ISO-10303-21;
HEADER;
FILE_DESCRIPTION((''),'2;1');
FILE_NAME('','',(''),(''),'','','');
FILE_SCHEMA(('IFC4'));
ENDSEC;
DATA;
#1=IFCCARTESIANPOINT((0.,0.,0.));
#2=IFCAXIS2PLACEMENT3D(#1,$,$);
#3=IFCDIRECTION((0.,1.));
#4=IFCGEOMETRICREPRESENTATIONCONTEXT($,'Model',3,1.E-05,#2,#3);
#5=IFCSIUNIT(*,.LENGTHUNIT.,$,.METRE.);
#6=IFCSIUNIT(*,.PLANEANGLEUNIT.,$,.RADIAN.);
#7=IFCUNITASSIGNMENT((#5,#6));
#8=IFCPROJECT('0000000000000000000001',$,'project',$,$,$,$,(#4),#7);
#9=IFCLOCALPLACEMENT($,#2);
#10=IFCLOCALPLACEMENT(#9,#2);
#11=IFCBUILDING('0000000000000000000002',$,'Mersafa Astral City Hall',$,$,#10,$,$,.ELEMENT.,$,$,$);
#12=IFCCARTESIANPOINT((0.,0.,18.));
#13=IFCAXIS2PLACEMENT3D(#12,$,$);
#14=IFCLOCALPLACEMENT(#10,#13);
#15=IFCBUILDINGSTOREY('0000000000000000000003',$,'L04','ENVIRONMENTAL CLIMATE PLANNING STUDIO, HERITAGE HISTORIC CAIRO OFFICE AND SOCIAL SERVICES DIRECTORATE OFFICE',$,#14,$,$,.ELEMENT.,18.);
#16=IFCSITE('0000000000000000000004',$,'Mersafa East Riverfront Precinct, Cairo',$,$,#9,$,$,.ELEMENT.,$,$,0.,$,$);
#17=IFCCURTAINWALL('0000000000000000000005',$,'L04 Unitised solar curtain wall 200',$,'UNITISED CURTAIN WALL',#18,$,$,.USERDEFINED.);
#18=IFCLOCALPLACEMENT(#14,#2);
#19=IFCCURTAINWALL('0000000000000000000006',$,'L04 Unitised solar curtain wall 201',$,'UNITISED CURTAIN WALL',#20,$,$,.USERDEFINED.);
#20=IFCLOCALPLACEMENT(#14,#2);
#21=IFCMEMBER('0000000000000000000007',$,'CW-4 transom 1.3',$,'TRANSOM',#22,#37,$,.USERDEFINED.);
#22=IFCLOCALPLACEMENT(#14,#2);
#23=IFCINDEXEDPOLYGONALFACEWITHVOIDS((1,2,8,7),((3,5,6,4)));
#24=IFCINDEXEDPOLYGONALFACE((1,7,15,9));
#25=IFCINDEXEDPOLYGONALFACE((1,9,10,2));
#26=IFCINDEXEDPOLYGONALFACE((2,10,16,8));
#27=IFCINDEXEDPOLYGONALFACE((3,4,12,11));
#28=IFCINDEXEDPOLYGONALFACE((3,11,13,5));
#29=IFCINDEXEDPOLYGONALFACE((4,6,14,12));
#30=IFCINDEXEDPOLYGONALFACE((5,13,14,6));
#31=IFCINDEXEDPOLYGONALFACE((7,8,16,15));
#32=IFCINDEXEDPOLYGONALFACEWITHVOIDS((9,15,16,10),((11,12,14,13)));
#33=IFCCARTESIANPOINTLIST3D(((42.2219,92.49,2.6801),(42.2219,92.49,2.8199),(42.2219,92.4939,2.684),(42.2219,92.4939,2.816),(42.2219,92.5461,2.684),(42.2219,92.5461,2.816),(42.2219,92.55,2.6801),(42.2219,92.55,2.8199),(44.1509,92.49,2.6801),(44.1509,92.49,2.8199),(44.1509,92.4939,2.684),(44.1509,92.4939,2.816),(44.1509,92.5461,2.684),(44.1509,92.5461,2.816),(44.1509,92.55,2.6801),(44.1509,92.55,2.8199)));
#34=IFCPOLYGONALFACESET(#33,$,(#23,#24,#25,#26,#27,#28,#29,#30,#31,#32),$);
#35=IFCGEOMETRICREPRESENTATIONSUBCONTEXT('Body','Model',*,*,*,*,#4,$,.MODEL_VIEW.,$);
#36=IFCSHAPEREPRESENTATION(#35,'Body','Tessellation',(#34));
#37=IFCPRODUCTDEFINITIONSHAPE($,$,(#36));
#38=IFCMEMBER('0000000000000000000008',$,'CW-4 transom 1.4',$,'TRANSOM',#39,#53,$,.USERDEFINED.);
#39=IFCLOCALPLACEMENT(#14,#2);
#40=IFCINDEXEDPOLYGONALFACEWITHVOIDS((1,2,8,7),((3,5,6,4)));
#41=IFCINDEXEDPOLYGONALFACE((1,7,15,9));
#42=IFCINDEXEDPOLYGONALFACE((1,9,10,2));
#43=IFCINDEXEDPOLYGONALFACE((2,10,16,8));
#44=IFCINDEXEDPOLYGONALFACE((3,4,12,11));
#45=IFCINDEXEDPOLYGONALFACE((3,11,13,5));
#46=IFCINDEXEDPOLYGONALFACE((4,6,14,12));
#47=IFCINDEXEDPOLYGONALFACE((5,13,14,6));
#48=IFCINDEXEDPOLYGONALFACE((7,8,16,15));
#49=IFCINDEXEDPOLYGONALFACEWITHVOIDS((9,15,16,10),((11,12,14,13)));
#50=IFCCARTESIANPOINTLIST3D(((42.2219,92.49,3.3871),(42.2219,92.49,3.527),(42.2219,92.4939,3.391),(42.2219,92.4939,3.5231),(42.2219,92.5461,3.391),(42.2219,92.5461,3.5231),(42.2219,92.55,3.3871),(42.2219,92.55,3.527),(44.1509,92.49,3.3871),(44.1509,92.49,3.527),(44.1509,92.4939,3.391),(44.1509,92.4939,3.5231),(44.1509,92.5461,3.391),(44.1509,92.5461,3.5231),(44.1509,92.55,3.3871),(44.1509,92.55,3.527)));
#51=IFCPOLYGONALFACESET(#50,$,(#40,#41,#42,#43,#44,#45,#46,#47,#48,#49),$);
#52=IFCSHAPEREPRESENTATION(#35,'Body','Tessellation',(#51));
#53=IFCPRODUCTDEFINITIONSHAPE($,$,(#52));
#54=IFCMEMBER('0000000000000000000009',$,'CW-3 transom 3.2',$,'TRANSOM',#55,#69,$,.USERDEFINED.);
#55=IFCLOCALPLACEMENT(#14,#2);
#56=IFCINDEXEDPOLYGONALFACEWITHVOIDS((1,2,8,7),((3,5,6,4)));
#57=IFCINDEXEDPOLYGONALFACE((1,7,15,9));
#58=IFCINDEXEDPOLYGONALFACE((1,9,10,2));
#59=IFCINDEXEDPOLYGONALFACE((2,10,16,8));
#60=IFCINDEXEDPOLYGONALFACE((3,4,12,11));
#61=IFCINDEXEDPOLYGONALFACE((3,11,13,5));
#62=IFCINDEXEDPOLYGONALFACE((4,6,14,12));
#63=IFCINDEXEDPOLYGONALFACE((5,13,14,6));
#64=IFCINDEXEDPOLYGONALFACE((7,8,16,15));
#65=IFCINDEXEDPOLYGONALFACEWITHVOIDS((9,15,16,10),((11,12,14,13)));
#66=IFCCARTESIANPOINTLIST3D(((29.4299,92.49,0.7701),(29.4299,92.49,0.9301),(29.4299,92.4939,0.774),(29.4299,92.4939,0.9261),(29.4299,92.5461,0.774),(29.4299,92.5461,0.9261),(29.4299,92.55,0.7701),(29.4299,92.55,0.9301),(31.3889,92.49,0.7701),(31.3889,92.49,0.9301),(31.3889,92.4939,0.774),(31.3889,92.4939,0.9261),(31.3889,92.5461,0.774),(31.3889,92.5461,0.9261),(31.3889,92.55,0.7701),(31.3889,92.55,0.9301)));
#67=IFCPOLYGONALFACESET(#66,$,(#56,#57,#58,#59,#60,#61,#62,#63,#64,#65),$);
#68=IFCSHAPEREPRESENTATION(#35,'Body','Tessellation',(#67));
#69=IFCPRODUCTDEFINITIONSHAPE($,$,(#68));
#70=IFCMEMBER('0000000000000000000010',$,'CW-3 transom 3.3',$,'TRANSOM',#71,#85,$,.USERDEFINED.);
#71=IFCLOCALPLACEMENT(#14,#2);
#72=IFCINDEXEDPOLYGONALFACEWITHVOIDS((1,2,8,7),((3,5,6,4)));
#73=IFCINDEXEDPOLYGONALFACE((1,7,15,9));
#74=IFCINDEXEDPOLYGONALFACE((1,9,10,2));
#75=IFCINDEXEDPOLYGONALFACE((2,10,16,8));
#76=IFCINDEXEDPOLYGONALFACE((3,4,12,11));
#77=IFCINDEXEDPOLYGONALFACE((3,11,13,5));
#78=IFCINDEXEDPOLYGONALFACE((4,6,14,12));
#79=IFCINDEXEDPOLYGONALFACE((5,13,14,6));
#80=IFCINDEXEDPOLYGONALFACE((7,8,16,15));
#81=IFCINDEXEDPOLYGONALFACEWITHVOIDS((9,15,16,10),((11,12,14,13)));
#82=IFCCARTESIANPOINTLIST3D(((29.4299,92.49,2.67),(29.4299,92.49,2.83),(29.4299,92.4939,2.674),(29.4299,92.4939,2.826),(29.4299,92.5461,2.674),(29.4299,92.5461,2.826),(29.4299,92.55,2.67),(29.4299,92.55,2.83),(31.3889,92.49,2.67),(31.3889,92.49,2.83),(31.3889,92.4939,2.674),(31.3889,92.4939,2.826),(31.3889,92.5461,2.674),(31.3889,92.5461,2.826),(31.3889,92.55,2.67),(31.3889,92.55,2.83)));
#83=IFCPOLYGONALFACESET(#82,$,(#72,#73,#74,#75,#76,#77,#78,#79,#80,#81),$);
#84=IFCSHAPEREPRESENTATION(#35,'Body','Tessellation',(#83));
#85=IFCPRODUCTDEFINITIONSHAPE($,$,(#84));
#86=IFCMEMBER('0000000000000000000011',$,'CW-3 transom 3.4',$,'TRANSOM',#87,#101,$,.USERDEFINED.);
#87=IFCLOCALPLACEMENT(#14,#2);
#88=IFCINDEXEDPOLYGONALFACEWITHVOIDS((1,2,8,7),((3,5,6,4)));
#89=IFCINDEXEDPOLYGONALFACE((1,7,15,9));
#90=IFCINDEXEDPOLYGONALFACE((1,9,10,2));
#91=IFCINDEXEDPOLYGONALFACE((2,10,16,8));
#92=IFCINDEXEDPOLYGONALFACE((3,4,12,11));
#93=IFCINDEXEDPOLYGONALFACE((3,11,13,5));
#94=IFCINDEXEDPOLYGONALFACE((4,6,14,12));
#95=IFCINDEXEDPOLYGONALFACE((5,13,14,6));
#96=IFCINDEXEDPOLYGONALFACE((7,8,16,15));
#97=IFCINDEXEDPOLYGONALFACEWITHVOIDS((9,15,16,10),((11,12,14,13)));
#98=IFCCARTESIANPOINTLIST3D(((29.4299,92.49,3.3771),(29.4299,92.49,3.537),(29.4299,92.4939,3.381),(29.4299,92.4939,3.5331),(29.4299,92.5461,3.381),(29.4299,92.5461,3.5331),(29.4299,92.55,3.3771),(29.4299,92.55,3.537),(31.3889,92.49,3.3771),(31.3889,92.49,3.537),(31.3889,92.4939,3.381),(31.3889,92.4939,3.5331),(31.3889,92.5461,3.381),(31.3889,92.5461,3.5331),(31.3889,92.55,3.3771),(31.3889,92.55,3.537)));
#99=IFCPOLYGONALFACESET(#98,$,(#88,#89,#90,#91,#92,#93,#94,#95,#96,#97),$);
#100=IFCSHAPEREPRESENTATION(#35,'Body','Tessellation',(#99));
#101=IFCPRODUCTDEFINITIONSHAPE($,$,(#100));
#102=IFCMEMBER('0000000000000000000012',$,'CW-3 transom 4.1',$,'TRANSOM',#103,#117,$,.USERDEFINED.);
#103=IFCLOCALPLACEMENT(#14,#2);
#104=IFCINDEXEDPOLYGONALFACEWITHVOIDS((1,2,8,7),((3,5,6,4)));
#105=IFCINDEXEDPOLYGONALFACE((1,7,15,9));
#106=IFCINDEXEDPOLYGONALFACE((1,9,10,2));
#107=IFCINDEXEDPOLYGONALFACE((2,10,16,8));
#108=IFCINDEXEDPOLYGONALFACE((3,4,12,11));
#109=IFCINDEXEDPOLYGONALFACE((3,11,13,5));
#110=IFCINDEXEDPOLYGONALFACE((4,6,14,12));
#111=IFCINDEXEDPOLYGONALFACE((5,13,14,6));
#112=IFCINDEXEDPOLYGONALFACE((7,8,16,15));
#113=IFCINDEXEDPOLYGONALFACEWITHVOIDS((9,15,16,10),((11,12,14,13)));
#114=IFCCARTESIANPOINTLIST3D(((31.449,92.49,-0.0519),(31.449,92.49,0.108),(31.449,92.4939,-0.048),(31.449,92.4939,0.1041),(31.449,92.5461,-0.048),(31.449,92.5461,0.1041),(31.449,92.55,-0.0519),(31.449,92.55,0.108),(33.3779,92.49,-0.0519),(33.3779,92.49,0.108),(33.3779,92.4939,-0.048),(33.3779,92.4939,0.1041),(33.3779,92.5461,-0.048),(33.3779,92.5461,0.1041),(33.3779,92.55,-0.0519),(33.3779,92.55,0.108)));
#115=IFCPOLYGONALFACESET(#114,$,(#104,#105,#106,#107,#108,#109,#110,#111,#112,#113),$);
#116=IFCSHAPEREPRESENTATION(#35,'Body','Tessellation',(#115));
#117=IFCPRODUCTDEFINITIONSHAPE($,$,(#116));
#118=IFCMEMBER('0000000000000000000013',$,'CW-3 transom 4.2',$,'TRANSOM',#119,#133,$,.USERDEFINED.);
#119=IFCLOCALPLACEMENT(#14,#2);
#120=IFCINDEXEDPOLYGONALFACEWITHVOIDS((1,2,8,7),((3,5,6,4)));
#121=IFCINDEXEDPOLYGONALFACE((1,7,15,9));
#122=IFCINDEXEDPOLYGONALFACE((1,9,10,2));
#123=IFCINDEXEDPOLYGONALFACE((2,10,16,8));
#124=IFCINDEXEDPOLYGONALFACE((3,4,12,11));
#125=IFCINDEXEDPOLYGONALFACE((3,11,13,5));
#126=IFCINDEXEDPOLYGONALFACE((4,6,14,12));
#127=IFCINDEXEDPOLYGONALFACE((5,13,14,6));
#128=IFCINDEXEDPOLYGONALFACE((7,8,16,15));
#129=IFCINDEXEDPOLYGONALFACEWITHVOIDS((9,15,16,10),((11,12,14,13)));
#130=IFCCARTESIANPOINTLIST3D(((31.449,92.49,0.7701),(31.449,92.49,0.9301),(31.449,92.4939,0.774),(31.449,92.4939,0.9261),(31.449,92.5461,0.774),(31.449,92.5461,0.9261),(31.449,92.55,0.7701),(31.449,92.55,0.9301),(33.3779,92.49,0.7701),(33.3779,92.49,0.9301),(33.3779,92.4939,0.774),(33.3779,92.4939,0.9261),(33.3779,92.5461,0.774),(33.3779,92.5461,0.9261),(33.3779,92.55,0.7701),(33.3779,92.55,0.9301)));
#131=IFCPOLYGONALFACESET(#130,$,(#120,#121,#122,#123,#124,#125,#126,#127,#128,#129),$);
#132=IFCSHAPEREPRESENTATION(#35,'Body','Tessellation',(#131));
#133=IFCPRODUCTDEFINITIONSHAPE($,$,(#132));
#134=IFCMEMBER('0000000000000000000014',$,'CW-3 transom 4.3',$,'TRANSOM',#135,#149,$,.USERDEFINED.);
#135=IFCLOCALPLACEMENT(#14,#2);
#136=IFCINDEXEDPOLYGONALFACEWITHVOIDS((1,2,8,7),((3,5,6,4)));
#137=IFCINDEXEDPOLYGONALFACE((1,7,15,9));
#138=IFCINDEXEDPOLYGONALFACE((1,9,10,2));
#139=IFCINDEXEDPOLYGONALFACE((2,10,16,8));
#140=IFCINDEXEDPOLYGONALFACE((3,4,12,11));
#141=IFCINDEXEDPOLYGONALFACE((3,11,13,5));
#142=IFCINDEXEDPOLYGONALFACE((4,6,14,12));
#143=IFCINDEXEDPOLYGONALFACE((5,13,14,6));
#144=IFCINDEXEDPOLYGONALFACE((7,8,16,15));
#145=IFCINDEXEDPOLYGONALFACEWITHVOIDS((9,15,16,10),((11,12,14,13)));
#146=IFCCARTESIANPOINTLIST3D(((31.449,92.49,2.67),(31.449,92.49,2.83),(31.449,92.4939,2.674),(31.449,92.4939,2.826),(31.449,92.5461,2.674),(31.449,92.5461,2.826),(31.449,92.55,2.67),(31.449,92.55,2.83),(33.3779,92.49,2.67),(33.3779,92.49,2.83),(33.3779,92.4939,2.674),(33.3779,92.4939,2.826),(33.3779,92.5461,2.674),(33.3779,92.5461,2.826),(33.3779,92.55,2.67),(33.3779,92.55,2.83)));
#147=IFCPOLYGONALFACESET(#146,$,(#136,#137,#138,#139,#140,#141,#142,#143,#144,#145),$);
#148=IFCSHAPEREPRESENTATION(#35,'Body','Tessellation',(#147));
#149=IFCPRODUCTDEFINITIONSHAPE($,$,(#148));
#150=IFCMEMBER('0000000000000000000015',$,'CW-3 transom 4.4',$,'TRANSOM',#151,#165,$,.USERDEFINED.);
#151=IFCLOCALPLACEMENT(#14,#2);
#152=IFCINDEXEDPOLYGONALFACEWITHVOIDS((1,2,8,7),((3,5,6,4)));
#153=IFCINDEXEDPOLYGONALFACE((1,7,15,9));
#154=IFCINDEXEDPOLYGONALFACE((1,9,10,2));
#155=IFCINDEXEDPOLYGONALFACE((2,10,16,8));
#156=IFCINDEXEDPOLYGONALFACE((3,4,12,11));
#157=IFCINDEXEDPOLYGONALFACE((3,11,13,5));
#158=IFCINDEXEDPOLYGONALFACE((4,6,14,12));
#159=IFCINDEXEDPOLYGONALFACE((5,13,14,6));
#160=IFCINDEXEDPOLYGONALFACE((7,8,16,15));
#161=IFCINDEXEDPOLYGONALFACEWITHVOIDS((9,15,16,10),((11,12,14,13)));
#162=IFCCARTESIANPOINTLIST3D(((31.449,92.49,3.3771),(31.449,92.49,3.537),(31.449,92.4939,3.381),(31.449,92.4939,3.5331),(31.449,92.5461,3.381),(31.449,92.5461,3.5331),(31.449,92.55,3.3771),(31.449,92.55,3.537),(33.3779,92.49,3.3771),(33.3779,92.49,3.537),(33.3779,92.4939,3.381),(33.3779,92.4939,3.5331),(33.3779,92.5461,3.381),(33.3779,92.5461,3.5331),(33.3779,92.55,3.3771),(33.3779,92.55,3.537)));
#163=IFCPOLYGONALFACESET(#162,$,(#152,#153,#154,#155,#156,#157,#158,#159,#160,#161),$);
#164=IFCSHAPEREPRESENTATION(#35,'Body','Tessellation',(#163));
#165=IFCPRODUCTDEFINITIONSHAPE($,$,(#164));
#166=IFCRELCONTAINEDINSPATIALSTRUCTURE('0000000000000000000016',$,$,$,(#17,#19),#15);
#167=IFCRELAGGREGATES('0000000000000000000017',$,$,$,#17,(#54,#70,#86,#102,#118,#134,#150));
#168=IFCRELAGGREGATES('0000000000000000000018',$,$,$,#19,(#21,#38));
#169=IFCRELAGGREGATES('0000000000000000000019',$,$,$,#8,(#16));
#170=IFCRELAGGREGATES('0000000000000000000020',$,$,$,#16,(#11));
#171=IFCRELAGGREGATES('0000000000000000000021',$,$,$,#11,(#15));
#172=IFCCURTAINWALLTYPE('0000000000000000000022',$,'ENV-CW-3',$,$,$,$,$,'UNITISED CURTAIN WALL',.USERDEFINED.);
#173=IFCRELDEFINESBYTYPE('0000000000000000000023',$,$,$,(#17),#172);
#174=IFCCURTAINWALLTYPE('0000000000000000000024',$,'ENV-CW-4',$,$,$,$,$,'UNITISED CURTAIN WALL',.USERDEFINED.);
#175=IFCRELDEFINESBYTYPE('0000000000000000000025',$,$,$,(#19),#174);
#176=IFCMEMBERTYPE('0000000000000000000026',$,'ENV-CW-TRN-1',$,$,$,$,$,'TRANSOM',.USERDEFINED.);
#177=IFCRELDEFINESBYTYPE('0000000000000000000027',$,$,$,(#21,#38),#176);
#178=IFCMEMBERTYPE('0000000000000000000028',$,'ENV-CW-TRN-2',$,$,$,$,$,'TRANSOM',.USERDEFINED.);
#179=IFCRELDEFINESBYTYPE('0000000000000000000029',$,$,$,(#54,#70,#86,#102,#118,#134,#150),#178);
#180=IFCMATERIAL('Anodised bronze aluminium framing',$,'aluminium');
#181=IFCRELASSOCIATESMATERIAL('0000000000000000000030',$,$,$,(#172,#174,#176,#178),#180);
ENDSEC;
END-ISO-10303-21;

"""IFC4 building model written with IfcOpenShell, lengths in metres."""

from ifc_helpers import new_model, si_unit, direction, frame, origin, origin_2d, place, context, subcontext, project, spatial, hollow_rectangle, extrude, material, material_profile, profile_set, type_object, element, aggregate, save


model = new_model("IFC4")

# Units and contexts
model_context = context("Model", 3, precision=1e-05, world=origin(), true_north=direction((0.0, 1.0)))
body_context = subcontext(model_context, "Body", "Model", "MODEL_VIEW")
ifc_project = project(units=[si_unit("LENGTHUNIT", "METRE"), si_unit("PLANEANGLEUNIT", "RADIAN")], contexts=[model_context])

# Site, building, storey
site_placement = place(None, origin())
site = spatial("IfcSite", under=ifc_project, at=site_placement, Name="Mersafa East Riverfront Precinct, Cairo", CompositionType="ELEMENT", RefElevation=0.0)
building_placement = place(site_placement, origin())
building = spatial("IfcBuilding", under=site, at=building_placement, Name="Mersafa Astral City Hall", CompositionType="ELEMENT")
storey_placement = place(building_placement, frame((0.0, 0.0, 18.0)))
storey = spatial("IfcBuildingStorey", under=building, at=storey_placement, Name="L04", Description="ENVIRONMENTAL CLIMATE PLANNING STUDIO, HERITAGE HISTORIC CAIRO OFFICE AND SOCIAL SERVICES DIRECTORATE OFFICE", CompositionType="ELEMENT", Elevation=18.0)

# Curtain walls, members
ifc_material_1 = material(Name="Anodised bronze aluminium framing", Category="aluminium")
curtain_wall_type_1 = type_object("IfcCurtainWallType", Name="ENV-CW-3", ElementType="UNITISED CURTAIN WALL", PredefinedType="USERDEFINED", material=ifc_material_1)
curtain_wall_1_placement = place(storey_placement, origin())
curtain_wall_1 = element("IfcCurtainWall", 1, at=curtain_wall_1_placement, inside=storey, type_object=curtain_wall_type_1, Name="L04 Unitised solar curtain wall 200", ObjectType="UNITISED CURTAIN WALL", PredefinedType="USERDEFINED")
curtain_wall_type_2 = type_object("IfcCurtainWallType", Name="ENV-CW-4", ElementType="UNITISED CURTAIN WALL", PredefinedType="USERDEFINED", material=ifc_material_1)
curtain_wall_2_placement = place(storey_placement, origin())
curtain_wall_2 = element("IfcCurtainWall", 2, at=curtain_wall_2_placement, inside=storey, type_object=curtain_wall_type_2, Name="L04 Unitised solar curtain wall 201", ObjectType="UNITISED CURTAIN WALL", PredefinedType="USERDEFINED")
ifc_material_profile_1 = material_profile(ifc_material_1, hollow_rectangle(XDim=0.0601, YDim=0.1399, WallThickness=0.0039, at=origin_2d()), Name="RHS 60x140x4")
ifc_profile_set_1 = profile_set([ifc_material_profile_1], Name="Anodised bronze aluminium framing")
member_type_1 = type_object("IfcMemberType", Name="ENV-CW-TRN-1", ElementType="TRANSOM", PredefinedType="USERDEFINED", material=ifc_profile_set_1)
member_1_placement = place(storey_placement, frame((42.2219, 92.52, 2.75), z_axis=(1.0, 0.0, 0.0), x_axis=(0.0, 1.0, 0.0)))
member_1 = element("IfcMember", 3, at=member_1_placement, type_object=member_type_1, Name="CW-4 transom 1.3", ObjectType="TRANSOM", PredefinedType="USERDEFINED", context=body_context, shape_type="SweptSolid", body=[
    extrude(hollow_rectangle(XDim=0.0601, YDim=0.1399, WallThickness=0.0039, at=origin_2d()), origin(), (0.0, 0.0, 1.0), 1.929),
])
member_2_placement = place(storey_placement, frame((42.2219, 92.52, 3.457), z_axis=(1.0, 0.0, 0.0), x_axis=(0.0, 1.0, 0.0)))
member_2 = element("IfcMember", 4, at=member_2_placement, type_object=member_type_1, Name="CW-4 transom 1.4", ObjectType="TRANSOM", PredefinedType="USERDEFINED", context=body_context, shape_type="SweptSolid", body=[
    extrude(hollow_rectangle(XDim=0.0601, YDim=0.1399, WallThickness=0.0039, at=origin_2d()), origin(), (0.0, 0.0, 1.0), 1.929),
])

# Members
ifc_material_profile_2 = material_profile(ifc_material_1, hollow_rectangle(XDim=0.0601, YDim=0.1599, WallThickness=0.0039, at=origin_2d()), Name="RHS 60x160x4")
ifc_profile_set_2 = profile_set([ifc_material_profile_2], Name="Anodised bronze aluminium framing")
member_type_2 = type_object("IfcMemberType", Name="ENV-CW-TRN-2", ElementType="TRANSOM", PredefinedType="USERDEFINED", material=ifc_profile_set_2)
member_3_placement = place(storey_placement, frame((29.4299, 92.52, 0.8501), z_axis=(1.0, 0.0, 0.0), x_axis=(0.0, 1.0, 0.0)))
member_3 = element("IfcMember", 5, at=member_3_placement, type_object=member_type_2, Name="CW-3 transom 3.2", ObjectType="TRANSOM", PredefinedType="USERDEFINED", context=body_context, shape_type="SweptSolid", body=[
    extrude(hollow_rectangle(XDim=0.0601, YDim=0.1599, WallThickness=0.0039, at=origin_2d()), origin(), (0.0, 0.0, 1.0), 1.959),
])
member_4_placement = place(storey_placement, frame((29.4299, 92.52, 2.75), z_axis=(1.0, 0.0, 0.0), x_axis=(0.0, 1.0, 0.0)))
member_4 = element("IfcMember", 6, at=member_4_placement, type_object=member_type_2, Name="CW-3 transom 3.3", ObjectType="TRANSOM", PredefinedType="USERDEFINED", context=body_context, shape_type="SweptSolid", body=[
    extrude(hollow_rectangle(XDim=0.0601, YDim=0.1599, WallThickness=0.0039, at=origin_2d()), origin(), (0.0, 0.0, 1.0), 1.959),
])
member_5_placement = place(storey_placement, frame((29.4299, 92.52, 3.457), z_axis=(1.0, 0.0, 0.0), x_axis=(0.0, 1.0, 0.0)))
member_5 = element("IfcMember", 7, at=member_5_placement, type_object=member_type_2, Name="CW-3 transom 3.4", ObjectType="TRANSOM", PredefinedType="USERDEFINED", context=body_context, shape_type="SweptSolid", body=[
    extrude(hollow_rectangle(XDim=0.0601, YDim=0.1599, WallThickness=0.0039, at=origin_2d()), origin(), (0.0, 0.0, 1.0), 1.959),
])
member_6_placement = place(storey_placement, frame((31.449, 92.52, 0.0281), z_axis=(1.0, 0.0, 0.0), x_axis=(0.0, 1.0, 0.0)))
member_6 = element("IfcMember", 8, at=member_6_placement, type_object=member_type_2, Name="CW-3 transom 4.1", ObjectType="TRANSOM", PredefinedType="USERDEFINED", context=body_context, shape_type="SweptSolid", body=[
    extrude(hollow_rectangle(XDim=0.0601, YDim=0.1599, WallThickness=0.0039, at=origin_2d()), origin(), (0.0, 0.0, 1.0), 1.929),
])
member_7_placement = place(storey_placement, frame((31.449, 92.52, 0.8501), z_axis=(1.0, 0.0, 0.0), x_axis=(0.0, 1.0, 0.0)))
member_7 = element("IfcMember", 9, at=member_7_placement, type_object=member_type_2, Name="CW-3 transom 4.2", ObjectType="TRANSOM", PredefinedType="USERDEFINED", context=body_context, shape_type="SweptSolid", body=[
    extrude(hollow_rectangle(XDim=0.0601, YDim=0.1599, WallThickness=0.0039, at=origin_2d()), origin(), (0.0, 0.0, 1.0), 1.929),
])
member_8_placement = place(storey_placement, frame((31.449, 92.52, 2.75), z_axis=(1.0, 0.0, 0.0), x_axis=(0.0, 1.0, 0.0)))
member_8 = element("IfcMember", 10, at=member_8_placement, type_object=member_type_2, Name="CW-3 transom 4.3", ObjectType="TRANSOM", PredefinedType="USERDEFINED", context=body_context, shape_type="SweptSolid", body=[
    extrude(hollow_rectangle(XDim=0.0601, YDim=0.1599, WallThickness=0.0039, at=origin_2d()), origin(), (0.0, 0.0, 1.0), 1.929),
])
member_9_placement = place(storey_placement, frame((31.449, 92.52, 3.457), z_axis=(1.0, 0.0, 0.0), x_axis=(0.0, 1.0, 0.0)))
member_9 = element("IfcMember", 11, at=member_9_placement, type_object=member_type_2, Name="CW-3 transom 4.4", ObjectType="TRANSOM", PredefinedType="USERDEFINED", context=body_context, shape_type="SweptSolid", body=[
    extrude(hollow_rectangle(XDim=0.0601, YDim=0.1599, WallThickness=0.0039, at=origin_2d()), origin(), (0.0, 0.0, 1.0), 1.929),
])

aggregate(curtain_wall_1, [member_3, member_4, member_5, member_6, member_7, member_8, member_9])
aggregate(curtain_wall_2, [member_1, member_2])

save(model, "model.ifc")
